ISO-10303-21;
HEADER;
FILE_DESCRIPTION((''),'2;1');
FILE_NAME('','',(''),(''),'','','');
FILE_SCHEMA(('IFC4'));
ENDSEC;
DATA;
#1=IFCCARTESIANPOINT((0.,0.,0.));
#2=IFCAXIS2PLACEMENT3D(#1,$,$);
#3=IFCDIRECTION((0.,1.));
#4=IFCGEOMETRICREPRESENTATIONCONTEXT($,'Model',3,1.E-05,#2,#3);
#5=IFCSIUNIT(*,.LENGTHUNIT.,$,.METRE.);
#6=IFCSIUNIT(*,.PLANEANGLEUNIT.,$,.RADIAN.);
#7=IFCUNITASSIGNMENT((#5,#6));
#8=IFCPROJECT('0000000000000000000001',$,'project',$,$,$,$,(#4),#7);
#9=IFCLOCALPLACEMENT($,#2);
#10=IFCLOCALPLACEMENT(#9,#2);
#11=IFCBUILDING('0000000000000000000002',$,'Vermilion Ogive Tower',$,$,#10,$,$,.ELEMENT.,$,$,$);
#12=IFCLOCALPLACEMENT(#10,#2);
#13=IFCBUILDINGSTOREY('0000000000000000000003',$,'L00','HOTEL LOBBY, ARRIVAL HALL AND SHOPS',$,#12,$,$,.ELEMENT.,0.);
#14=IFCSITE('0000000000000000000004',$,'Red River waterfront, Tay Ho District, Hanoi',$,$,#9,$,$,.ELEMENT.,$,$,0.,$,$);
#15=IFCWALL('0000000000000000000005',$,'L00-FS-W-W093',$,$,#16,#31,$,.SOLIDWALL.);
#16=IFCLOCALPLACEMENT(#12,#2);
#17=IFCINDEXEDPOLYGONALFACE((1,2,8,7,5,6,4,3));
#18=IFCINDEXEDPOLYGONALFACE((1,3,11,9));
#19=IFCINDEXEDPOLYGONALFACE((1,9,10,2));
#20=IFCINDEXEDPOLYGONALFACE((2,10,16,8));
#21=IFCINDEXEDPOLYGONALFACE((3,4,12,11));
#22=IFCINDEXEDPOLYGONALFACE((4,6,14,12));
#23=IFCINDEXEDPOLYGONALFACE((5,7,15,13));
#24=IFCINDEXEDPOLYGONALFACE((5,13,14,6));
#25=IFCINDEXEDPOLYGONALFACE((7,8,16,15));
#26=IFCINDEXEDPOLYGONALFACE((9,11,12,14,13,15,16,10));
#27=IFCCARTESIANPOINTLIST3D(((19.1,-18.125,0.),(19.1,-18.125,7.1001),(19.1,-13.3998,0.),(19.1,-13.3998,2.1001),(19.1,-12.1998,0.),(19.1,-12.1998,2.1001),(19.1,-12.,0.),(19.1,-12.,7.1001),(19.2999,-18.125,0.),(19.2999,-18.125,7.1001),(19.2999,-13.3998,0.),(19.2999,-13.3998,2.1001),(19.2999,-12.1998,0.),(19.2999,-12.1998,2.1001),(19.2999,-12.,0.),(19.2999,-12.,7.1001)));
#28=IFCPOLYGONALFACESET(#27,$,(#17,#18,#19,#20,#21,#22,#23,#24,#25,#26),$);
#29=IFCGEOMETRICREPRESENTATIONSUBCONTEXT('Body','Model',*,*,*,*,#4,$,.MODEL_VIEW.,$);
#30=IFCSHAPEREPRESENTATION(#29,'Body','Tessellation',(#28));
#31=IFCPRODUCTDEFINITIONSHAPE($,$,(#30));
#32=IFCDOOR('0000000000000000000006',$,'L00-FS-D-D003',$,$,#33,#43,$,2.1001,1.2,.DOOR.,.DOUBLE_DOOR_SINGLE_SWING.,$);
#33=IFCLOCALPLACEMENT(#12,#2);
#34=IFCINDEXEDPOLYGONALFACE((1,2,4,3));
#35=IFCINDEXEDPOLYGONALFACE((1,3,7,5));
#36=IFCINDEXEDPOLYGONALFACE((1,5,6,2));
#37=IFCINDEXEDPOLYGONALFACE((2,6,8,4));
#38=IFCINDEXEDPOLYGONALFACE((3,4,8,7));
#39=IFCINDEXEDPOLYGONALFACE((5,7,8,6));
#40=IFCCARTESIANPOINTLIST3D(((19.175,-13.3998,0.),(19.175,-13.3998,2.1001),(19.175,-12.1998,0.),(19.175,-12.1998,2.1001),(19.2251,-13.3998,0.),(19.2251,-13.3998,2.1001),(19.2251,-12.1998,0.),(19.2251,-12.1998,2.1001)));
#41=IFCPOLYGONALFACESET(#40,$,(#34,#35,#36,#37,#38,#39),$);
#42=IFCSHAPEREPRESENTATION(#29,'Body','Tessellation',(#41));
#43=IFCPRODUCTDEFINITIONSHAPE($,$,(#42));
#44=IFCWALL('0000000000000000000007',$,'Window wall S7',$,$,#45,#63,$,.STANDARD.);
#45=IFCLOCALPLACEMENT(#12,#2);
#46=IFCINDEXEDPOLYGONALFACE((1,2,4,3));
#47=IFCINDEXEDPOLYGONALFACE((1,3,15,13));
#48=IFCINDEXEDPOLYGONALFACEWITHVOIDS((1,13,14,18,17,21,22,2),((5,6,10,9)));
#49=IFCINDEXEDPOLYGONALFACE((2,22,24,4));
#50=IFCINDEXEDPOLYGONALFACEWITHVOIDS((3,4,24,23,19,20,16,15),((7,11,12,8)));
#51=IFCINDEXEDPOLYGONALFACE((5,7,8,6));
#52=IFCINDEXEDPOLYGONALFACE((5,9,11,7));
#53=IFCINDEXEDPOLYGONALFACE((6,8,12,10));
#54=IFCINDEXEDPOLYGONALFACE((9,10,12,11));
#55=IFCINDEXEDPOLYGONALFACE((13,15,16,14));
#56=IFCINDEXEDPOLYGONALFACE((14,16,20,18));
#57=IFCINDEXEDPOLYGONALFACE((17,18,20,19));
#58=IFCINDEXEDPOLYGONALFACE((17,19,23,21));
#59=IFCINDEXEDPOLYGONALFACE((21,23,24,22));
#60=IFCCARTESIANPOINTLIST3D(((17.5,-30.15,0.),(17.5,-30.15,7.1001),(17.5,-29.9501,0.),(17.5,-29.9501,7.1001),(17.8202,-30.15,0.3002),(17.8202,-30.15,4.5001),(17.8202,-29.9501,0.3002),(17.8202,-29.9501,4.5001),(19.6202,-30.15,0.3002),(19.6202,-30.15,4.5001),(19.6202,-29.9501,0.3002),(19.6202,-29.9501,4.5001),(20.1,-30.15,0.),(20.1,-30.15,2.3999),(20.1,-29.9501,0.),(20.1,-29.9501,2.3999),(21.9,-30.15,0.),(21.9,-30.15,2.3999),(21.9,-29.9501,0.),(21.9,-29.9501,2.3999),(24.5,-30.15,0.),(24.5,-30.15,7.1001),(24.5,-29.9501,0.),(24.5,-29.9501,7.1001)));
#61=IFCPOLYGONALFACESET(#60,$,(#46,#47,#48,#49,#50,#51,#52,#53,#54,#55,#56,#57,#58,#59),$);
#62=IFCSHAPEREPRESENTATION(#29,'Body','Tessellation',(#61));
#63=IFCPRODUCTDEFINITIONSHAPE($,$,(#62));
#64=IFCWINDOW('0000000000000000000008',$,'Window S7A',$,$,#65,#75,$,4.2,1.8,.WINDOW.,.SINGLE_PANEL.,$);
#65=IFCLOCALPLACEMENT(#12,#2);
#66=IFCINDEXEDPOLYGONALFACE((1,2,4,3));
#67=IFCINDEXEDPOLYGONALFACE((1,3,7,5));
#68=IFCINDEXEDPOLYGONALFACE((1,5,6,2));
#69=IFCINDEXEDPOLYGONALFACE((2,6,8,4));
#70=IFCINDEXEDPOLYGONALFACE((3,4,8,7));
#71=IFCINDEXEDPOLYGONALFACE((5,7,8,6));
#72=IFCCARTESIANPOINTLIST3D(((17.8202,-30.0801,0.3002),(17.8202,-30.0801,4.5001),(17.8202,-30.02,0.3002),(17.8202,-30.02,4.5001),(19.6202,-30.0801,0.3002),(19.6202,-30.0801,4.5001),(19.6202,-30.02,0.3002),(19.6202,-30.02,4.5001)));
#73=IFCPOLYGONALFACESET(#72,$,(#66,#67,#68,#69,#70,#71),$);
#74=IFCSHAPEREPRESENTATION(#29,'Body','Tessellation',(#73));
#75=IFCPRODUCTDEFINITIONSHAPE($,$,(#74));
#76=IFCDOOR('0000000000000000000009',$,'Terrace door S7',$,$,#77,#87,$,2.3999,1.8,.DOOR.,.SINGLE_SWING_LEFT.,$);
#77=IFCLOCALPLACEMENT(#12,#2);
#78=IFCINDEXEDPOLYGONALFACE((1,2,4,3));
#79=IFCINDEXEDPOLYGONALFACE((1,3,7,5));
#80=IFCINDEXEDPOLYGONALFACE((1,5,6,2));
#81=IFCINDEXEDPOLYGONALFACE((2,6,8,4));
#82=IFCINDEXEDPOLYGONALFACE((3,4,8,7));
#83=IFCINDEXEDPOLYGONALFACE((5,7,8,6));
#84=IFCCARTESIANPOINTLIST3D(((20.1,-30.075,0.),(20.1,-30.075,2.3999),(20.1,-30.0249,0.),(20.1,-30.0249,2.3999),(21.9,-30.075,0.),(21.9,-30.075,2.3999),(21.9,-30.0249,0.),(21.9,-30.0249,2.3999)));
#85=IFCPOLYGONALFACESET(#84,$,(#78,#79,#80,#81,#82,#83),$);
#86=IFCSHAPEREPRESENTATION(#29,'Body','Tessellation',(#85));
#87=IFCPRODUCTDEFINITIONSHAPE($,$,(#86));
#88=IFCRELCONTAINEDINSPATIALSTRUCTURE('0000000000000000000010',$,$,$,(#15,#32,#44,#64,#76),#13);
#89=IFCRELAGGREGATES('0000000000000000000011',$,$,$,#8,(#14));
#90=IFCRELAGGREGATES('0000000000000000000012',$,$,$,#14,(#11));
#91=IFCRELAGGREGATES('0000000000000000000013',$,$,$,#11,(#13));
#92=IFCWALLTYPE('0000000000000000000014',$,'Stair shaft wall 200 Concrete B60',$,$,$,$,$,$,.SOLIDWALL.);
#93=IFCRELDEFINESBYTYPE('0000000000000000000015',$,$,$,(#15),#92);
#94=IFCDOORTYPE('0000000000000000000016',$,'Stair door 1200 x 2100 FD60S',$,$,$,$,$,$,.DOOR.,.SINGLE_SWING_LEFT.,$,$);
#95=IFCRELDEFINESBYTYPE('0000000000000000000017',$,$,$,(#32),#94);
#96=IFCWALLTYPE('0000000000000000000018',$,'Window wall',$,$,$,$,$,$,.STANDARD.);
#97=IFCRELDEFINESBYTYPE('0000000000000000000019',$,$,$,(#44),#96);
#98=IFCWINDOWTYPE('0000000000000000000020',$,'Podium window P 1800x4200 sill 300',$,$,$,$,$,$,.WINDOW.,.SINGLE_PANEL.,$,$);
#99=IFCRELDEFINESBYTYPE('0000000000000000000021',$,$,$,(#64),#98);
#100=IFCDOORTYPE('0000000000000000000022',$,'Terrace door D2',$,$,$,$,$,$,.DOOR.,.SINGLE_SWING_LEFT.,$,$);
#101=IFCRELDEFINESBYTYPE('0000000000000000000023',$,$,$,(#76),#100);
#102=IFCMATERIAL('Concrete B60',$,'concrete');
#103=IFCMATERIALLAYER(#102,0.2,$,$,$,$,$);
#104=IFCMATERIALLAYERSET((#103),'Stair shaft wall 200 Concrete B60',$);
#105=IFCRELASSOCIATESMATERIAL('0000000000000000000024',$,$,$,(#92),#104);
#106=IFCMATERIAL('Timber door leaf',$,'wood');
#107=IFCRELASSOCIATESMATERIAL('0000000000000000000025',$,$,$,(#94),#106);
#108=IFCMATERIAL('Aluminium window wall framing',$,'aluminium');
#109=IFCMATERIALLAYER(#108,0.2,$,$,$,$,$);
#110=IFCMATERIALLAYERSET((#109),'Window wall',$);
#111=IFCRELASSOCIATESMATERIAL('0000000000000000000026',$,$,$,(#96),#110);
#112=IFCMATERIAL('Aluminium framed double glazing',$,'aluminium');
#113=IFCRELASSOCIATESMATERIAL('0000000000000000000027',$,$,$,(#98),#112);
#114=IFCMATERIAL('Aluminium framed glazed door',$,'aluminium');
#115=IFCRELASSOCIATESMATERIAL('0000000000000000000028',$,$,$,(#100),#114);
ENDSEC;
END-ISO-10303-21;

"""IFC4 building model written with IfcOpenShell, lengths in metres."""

from ifc_helpers import new_model, si_unit, direction, frame, frame_2d, origin, place, context, subcontext, project, spatial, rectangle, extrude, material, layer, layer_set, type_object, element, fill, save


model = new_model("IFC4")

# Units and contexts
model_context = context("Model", 3, precision=1e-05, world=origin(), true_north=direction((0.0, 1.0)))
body_context = subcontext(model_context, "Body", "Model", "MODEL_VIEW")
ifc_project = project(units=[si_unit("LENGTHUNIT", "METRE"), si_unit("PLANEANGLEUNIT", "RADIAN")], contexts=[model_context])

# Site, building, storey
site_placement = place(None, origin())
site = spatial("IfcSite", under=ifc_project, at=site_placement, Name="Red River waterfront, Tay Ho District, Hanoi", CompositionType="ELEMENT", RefElevation=0.0)
building_placement = place(site_placement, origin())
building = spatial("IfcBuilding", under=site, at=building_placement, Name="Vermilion Ogive Tower", CompositionType="ELEMENT")
storey_placement = place(building_placement, origin())
storey = spatial("IfcBuildingStorey", under=building, at=storey_placement, Name="L00", Description="HOTEL LOBBY, ARRIVAL HALL AND SHOPS", CompositionType="ELEMENT", Elevation=0.0)

# Wall, opening, door
ifc_material_1 = material(Name="Concrete B60", Category="concrete")
ifc_layer_1 = layer(ifc_material_1, 0.2)
ifc_layer_set_1 = layer_set([ifc_layer_1], Name="Stair shaft wall 200 Concrete B60")
wall_type_1 = type_object("IfcWallType", Name="Stair shaft wall 200 Concrete B60", PredefinedType="SOLIDWALL", material=ifc_layer_set_1)
wall_1_placement = place(storey_placement, frame((19.2, -18.125, 0.0), z_axis=(0.0, 0.0, 1.0), x_axis=(0.0, 1.0, 0.0)))
wall_1 = element("IfcWall", 1, at=wall_1_placement, inside=storey, type_object=wall_type_1, Name="L00-FS-W-W093", PredefinedType="SOLIDWALL", context=body_context, shape_type="SweptSolid", body=[
    extrude(rectangle(XDim=6.125, YDim=0.2, at=frame_2d((3.0625, 0.0))), origin(), (0.0, 0.0, 1.0), 7.1001),
])
opening_1_placement = place(wall_1_placement, frame((4.7251, 0.0, 0.0)))
opening_1 = element("IfcOpeningElement", 2, at=opening_1_placement, cuts=wall_1, PredefinedType="OPENING", context=body_context, shape_type="SweptSolid", body=[
    extrude(rectangle(XDim=1.2, YDim=2.1001, at=frame_2d((0.6001, 1.05))), frame((0.0, 0.1099, 0.0), z_axis=(0.0, -1.0, 0.0), x_axis=(1.0, 0.0, 0.0)), (0.0, 0.0, 1.0), 0.22),
])
ifc_material_2 = material(Name="Timber door leaf", Category="wood")
door_type_1 = type_object("IfcDoorType", Name="Stair door 1200 x 2100 FD60S", OperationType="SINGLE_SWING_LEFT", PredefinedType="DOOR", material=ifc_material_2)
door_1_placement = place(opening_1_placement, origin())
door_1 = element("IfcDoor", 3, at=door_1_placement, inside=storey, type_object=door_type_1, Name="L00-FS-D-D003", OperationType="DOUBLE_DOOR_SINGLE_SWING", OverallHeight=2.1001, OverallWidth=1.2, PredefinedType="DOOR", context=body_context, shape_type="SweptSolid", body=[
    extrude(rectangle(XDim=1.2, YDim=2.1001, at=frame_2d((0.6001, 1.05))), frame((0.0, 0.0249, 0.0), z_axis=(0.0, -1.0, 0.0), x_axis=(1.0, 0.0, 0.0)), (0.0, 0.0, 1.0), 0.05),
])
fill(opening_1, door_1)

# Wall, openings, window, door
ifc_material_3 = material(Name="Aluminium window wall framing", Category="aluminium")
ifc_layer_2 = layer(ifc_material_3, 0.2)
ifc_layer_set_2 = layer_set([ifc_layer_2], Name="Window wall")
wall_type_2 = type_object("IfcWallType", Name="Window wall", PredefinedType="STANDARD", material=ifc_layer_set_2)
wall_2_placement = place(storey_placement, frame((24.5, -30.05, 0.0), z_axis=(0.0, 0.0, 1.0), x_axis=(-1.0, 0.0, 0.0)))
wall_2 = element("IfcWall", 4, at=wall_2_placement, inside=storey, type_object=wall_type_2, Name="Window wall S7", PredefinedType="STANDARD", context=body_context, shape_type="SweptSolid", body=[
    extrude(rectangle(XDim=7.0, YDim=0.2, at=frame_2d((3.5, 0.0))), origin(), (0.0, 0.0, 1.0), 7.1001),
])
opening_2_placement = place(wall_2_placement, frame((4.8799, 0.0, 0.3)))
opening_2 = element("IfcOpeningElement", 5, at=opening_2_placement, cuts=wall_2, PredefinedType="OPENING", context=body_context, shape_type="SweptSolid", body=[
    extrude(rectangle(XDim=1.8, YDim=4.2, at=frame_2d((0.8999, 2.1001))), frame((0.0, 0.1099, 0.0), z_axis=(0.0, -1.0, 0.0), x_axis=(1.0, 0.0, 0.0)), (0.0, 0.0, 1.0), 0.22),
])
opening_3_placement = place(wall_2_placement, frame((2.6001, 0.0, 0.0)))
opening_3 = element("IfcOpeningElement", 6, at=opening_3_placement, cuts=wall_2, PredefinedType="OPENING", context=body_context, shape_type="SweptSolid", body=[
    extrude(rectangle(XDim=1.8, YDim=2.3999, at=frame_2d((0.8999, 1.2))), frame((0.0, 0.1099, 0.0), z_axis=(0.0, -1.0, 0.0), x_axis=(1.0, 0.0, 0.0)), (0.0, 0.0, 1.0), 0.22),
])
ifc_material_4 = material(Name="Aluminium framed double glazing", Category="aluminium")
window_type = type_object("IfcWindowType", Name="Podium window P 1800x4200 sill 300", PartitioningType="SINGLE_PANEL", PredefinedType="WINDOW", material=ifc_material_4)
window_placement = place(opening_2_placement, origin())
window = element("IfcWindow", 7, at=window_placement, inside=storey, type_object=window_type, Name="Window S7A", OverallHeight=4.2, OverallWidth=1.8, PartitioningType="SINGLE_PANEL", PredefinedType="WINDOW", context=body_context, shape_type="SweptSolid", body=[
    extrude(rectangle(XDim=1.8, YDim=4.2, at=frame_2d((0.8999, 2.1001))), frame((0.0, 0.03, 0.0), z_axis=(0.0, -1.0, 0.0), x_axis=(1.0, 0.0, 0.0)), (0.0, 0.0, 1.0), 0.0601),
])
fill(opening_2, window)
ifc_material_5 = material(Name="Aluminium framed glazed door", Category="aluminium")
door_type_2 = type_object("IfcDoorType", Name="Terrace door D2", OperationType="SINGLE_SWING_LEFT", PredefinedType="DOOR", material=ifc_material_5)
door_2_placement = place(opening_3_placement, origin())
door_2 = element("IfcDoor", 8, at=door_2_placement, inside=storey, type_object=door_type_2, Name="Terrace door S7", OperationType="SINGLE_SWING_LEFT", OverallHeight=2.3999, OverallWidth=1.8, PredefinedType="DOOR", context=body_context, shape_type="SweptSolid", body=[
    extrude(rectangle(XDim=1.8, YDim=2.3999, at=frame_2d((0.8999, 1.2))), frame((0.0, 0.0249, 0.0), z_axis=(0.0, -1.0, 0.0), x_axis=(1.0, 0.0, 0.0)), (0.0, 0.0, 1.0), 0.05),
])
fill(opening_3, door_2)

save(model, "model.ifc")
